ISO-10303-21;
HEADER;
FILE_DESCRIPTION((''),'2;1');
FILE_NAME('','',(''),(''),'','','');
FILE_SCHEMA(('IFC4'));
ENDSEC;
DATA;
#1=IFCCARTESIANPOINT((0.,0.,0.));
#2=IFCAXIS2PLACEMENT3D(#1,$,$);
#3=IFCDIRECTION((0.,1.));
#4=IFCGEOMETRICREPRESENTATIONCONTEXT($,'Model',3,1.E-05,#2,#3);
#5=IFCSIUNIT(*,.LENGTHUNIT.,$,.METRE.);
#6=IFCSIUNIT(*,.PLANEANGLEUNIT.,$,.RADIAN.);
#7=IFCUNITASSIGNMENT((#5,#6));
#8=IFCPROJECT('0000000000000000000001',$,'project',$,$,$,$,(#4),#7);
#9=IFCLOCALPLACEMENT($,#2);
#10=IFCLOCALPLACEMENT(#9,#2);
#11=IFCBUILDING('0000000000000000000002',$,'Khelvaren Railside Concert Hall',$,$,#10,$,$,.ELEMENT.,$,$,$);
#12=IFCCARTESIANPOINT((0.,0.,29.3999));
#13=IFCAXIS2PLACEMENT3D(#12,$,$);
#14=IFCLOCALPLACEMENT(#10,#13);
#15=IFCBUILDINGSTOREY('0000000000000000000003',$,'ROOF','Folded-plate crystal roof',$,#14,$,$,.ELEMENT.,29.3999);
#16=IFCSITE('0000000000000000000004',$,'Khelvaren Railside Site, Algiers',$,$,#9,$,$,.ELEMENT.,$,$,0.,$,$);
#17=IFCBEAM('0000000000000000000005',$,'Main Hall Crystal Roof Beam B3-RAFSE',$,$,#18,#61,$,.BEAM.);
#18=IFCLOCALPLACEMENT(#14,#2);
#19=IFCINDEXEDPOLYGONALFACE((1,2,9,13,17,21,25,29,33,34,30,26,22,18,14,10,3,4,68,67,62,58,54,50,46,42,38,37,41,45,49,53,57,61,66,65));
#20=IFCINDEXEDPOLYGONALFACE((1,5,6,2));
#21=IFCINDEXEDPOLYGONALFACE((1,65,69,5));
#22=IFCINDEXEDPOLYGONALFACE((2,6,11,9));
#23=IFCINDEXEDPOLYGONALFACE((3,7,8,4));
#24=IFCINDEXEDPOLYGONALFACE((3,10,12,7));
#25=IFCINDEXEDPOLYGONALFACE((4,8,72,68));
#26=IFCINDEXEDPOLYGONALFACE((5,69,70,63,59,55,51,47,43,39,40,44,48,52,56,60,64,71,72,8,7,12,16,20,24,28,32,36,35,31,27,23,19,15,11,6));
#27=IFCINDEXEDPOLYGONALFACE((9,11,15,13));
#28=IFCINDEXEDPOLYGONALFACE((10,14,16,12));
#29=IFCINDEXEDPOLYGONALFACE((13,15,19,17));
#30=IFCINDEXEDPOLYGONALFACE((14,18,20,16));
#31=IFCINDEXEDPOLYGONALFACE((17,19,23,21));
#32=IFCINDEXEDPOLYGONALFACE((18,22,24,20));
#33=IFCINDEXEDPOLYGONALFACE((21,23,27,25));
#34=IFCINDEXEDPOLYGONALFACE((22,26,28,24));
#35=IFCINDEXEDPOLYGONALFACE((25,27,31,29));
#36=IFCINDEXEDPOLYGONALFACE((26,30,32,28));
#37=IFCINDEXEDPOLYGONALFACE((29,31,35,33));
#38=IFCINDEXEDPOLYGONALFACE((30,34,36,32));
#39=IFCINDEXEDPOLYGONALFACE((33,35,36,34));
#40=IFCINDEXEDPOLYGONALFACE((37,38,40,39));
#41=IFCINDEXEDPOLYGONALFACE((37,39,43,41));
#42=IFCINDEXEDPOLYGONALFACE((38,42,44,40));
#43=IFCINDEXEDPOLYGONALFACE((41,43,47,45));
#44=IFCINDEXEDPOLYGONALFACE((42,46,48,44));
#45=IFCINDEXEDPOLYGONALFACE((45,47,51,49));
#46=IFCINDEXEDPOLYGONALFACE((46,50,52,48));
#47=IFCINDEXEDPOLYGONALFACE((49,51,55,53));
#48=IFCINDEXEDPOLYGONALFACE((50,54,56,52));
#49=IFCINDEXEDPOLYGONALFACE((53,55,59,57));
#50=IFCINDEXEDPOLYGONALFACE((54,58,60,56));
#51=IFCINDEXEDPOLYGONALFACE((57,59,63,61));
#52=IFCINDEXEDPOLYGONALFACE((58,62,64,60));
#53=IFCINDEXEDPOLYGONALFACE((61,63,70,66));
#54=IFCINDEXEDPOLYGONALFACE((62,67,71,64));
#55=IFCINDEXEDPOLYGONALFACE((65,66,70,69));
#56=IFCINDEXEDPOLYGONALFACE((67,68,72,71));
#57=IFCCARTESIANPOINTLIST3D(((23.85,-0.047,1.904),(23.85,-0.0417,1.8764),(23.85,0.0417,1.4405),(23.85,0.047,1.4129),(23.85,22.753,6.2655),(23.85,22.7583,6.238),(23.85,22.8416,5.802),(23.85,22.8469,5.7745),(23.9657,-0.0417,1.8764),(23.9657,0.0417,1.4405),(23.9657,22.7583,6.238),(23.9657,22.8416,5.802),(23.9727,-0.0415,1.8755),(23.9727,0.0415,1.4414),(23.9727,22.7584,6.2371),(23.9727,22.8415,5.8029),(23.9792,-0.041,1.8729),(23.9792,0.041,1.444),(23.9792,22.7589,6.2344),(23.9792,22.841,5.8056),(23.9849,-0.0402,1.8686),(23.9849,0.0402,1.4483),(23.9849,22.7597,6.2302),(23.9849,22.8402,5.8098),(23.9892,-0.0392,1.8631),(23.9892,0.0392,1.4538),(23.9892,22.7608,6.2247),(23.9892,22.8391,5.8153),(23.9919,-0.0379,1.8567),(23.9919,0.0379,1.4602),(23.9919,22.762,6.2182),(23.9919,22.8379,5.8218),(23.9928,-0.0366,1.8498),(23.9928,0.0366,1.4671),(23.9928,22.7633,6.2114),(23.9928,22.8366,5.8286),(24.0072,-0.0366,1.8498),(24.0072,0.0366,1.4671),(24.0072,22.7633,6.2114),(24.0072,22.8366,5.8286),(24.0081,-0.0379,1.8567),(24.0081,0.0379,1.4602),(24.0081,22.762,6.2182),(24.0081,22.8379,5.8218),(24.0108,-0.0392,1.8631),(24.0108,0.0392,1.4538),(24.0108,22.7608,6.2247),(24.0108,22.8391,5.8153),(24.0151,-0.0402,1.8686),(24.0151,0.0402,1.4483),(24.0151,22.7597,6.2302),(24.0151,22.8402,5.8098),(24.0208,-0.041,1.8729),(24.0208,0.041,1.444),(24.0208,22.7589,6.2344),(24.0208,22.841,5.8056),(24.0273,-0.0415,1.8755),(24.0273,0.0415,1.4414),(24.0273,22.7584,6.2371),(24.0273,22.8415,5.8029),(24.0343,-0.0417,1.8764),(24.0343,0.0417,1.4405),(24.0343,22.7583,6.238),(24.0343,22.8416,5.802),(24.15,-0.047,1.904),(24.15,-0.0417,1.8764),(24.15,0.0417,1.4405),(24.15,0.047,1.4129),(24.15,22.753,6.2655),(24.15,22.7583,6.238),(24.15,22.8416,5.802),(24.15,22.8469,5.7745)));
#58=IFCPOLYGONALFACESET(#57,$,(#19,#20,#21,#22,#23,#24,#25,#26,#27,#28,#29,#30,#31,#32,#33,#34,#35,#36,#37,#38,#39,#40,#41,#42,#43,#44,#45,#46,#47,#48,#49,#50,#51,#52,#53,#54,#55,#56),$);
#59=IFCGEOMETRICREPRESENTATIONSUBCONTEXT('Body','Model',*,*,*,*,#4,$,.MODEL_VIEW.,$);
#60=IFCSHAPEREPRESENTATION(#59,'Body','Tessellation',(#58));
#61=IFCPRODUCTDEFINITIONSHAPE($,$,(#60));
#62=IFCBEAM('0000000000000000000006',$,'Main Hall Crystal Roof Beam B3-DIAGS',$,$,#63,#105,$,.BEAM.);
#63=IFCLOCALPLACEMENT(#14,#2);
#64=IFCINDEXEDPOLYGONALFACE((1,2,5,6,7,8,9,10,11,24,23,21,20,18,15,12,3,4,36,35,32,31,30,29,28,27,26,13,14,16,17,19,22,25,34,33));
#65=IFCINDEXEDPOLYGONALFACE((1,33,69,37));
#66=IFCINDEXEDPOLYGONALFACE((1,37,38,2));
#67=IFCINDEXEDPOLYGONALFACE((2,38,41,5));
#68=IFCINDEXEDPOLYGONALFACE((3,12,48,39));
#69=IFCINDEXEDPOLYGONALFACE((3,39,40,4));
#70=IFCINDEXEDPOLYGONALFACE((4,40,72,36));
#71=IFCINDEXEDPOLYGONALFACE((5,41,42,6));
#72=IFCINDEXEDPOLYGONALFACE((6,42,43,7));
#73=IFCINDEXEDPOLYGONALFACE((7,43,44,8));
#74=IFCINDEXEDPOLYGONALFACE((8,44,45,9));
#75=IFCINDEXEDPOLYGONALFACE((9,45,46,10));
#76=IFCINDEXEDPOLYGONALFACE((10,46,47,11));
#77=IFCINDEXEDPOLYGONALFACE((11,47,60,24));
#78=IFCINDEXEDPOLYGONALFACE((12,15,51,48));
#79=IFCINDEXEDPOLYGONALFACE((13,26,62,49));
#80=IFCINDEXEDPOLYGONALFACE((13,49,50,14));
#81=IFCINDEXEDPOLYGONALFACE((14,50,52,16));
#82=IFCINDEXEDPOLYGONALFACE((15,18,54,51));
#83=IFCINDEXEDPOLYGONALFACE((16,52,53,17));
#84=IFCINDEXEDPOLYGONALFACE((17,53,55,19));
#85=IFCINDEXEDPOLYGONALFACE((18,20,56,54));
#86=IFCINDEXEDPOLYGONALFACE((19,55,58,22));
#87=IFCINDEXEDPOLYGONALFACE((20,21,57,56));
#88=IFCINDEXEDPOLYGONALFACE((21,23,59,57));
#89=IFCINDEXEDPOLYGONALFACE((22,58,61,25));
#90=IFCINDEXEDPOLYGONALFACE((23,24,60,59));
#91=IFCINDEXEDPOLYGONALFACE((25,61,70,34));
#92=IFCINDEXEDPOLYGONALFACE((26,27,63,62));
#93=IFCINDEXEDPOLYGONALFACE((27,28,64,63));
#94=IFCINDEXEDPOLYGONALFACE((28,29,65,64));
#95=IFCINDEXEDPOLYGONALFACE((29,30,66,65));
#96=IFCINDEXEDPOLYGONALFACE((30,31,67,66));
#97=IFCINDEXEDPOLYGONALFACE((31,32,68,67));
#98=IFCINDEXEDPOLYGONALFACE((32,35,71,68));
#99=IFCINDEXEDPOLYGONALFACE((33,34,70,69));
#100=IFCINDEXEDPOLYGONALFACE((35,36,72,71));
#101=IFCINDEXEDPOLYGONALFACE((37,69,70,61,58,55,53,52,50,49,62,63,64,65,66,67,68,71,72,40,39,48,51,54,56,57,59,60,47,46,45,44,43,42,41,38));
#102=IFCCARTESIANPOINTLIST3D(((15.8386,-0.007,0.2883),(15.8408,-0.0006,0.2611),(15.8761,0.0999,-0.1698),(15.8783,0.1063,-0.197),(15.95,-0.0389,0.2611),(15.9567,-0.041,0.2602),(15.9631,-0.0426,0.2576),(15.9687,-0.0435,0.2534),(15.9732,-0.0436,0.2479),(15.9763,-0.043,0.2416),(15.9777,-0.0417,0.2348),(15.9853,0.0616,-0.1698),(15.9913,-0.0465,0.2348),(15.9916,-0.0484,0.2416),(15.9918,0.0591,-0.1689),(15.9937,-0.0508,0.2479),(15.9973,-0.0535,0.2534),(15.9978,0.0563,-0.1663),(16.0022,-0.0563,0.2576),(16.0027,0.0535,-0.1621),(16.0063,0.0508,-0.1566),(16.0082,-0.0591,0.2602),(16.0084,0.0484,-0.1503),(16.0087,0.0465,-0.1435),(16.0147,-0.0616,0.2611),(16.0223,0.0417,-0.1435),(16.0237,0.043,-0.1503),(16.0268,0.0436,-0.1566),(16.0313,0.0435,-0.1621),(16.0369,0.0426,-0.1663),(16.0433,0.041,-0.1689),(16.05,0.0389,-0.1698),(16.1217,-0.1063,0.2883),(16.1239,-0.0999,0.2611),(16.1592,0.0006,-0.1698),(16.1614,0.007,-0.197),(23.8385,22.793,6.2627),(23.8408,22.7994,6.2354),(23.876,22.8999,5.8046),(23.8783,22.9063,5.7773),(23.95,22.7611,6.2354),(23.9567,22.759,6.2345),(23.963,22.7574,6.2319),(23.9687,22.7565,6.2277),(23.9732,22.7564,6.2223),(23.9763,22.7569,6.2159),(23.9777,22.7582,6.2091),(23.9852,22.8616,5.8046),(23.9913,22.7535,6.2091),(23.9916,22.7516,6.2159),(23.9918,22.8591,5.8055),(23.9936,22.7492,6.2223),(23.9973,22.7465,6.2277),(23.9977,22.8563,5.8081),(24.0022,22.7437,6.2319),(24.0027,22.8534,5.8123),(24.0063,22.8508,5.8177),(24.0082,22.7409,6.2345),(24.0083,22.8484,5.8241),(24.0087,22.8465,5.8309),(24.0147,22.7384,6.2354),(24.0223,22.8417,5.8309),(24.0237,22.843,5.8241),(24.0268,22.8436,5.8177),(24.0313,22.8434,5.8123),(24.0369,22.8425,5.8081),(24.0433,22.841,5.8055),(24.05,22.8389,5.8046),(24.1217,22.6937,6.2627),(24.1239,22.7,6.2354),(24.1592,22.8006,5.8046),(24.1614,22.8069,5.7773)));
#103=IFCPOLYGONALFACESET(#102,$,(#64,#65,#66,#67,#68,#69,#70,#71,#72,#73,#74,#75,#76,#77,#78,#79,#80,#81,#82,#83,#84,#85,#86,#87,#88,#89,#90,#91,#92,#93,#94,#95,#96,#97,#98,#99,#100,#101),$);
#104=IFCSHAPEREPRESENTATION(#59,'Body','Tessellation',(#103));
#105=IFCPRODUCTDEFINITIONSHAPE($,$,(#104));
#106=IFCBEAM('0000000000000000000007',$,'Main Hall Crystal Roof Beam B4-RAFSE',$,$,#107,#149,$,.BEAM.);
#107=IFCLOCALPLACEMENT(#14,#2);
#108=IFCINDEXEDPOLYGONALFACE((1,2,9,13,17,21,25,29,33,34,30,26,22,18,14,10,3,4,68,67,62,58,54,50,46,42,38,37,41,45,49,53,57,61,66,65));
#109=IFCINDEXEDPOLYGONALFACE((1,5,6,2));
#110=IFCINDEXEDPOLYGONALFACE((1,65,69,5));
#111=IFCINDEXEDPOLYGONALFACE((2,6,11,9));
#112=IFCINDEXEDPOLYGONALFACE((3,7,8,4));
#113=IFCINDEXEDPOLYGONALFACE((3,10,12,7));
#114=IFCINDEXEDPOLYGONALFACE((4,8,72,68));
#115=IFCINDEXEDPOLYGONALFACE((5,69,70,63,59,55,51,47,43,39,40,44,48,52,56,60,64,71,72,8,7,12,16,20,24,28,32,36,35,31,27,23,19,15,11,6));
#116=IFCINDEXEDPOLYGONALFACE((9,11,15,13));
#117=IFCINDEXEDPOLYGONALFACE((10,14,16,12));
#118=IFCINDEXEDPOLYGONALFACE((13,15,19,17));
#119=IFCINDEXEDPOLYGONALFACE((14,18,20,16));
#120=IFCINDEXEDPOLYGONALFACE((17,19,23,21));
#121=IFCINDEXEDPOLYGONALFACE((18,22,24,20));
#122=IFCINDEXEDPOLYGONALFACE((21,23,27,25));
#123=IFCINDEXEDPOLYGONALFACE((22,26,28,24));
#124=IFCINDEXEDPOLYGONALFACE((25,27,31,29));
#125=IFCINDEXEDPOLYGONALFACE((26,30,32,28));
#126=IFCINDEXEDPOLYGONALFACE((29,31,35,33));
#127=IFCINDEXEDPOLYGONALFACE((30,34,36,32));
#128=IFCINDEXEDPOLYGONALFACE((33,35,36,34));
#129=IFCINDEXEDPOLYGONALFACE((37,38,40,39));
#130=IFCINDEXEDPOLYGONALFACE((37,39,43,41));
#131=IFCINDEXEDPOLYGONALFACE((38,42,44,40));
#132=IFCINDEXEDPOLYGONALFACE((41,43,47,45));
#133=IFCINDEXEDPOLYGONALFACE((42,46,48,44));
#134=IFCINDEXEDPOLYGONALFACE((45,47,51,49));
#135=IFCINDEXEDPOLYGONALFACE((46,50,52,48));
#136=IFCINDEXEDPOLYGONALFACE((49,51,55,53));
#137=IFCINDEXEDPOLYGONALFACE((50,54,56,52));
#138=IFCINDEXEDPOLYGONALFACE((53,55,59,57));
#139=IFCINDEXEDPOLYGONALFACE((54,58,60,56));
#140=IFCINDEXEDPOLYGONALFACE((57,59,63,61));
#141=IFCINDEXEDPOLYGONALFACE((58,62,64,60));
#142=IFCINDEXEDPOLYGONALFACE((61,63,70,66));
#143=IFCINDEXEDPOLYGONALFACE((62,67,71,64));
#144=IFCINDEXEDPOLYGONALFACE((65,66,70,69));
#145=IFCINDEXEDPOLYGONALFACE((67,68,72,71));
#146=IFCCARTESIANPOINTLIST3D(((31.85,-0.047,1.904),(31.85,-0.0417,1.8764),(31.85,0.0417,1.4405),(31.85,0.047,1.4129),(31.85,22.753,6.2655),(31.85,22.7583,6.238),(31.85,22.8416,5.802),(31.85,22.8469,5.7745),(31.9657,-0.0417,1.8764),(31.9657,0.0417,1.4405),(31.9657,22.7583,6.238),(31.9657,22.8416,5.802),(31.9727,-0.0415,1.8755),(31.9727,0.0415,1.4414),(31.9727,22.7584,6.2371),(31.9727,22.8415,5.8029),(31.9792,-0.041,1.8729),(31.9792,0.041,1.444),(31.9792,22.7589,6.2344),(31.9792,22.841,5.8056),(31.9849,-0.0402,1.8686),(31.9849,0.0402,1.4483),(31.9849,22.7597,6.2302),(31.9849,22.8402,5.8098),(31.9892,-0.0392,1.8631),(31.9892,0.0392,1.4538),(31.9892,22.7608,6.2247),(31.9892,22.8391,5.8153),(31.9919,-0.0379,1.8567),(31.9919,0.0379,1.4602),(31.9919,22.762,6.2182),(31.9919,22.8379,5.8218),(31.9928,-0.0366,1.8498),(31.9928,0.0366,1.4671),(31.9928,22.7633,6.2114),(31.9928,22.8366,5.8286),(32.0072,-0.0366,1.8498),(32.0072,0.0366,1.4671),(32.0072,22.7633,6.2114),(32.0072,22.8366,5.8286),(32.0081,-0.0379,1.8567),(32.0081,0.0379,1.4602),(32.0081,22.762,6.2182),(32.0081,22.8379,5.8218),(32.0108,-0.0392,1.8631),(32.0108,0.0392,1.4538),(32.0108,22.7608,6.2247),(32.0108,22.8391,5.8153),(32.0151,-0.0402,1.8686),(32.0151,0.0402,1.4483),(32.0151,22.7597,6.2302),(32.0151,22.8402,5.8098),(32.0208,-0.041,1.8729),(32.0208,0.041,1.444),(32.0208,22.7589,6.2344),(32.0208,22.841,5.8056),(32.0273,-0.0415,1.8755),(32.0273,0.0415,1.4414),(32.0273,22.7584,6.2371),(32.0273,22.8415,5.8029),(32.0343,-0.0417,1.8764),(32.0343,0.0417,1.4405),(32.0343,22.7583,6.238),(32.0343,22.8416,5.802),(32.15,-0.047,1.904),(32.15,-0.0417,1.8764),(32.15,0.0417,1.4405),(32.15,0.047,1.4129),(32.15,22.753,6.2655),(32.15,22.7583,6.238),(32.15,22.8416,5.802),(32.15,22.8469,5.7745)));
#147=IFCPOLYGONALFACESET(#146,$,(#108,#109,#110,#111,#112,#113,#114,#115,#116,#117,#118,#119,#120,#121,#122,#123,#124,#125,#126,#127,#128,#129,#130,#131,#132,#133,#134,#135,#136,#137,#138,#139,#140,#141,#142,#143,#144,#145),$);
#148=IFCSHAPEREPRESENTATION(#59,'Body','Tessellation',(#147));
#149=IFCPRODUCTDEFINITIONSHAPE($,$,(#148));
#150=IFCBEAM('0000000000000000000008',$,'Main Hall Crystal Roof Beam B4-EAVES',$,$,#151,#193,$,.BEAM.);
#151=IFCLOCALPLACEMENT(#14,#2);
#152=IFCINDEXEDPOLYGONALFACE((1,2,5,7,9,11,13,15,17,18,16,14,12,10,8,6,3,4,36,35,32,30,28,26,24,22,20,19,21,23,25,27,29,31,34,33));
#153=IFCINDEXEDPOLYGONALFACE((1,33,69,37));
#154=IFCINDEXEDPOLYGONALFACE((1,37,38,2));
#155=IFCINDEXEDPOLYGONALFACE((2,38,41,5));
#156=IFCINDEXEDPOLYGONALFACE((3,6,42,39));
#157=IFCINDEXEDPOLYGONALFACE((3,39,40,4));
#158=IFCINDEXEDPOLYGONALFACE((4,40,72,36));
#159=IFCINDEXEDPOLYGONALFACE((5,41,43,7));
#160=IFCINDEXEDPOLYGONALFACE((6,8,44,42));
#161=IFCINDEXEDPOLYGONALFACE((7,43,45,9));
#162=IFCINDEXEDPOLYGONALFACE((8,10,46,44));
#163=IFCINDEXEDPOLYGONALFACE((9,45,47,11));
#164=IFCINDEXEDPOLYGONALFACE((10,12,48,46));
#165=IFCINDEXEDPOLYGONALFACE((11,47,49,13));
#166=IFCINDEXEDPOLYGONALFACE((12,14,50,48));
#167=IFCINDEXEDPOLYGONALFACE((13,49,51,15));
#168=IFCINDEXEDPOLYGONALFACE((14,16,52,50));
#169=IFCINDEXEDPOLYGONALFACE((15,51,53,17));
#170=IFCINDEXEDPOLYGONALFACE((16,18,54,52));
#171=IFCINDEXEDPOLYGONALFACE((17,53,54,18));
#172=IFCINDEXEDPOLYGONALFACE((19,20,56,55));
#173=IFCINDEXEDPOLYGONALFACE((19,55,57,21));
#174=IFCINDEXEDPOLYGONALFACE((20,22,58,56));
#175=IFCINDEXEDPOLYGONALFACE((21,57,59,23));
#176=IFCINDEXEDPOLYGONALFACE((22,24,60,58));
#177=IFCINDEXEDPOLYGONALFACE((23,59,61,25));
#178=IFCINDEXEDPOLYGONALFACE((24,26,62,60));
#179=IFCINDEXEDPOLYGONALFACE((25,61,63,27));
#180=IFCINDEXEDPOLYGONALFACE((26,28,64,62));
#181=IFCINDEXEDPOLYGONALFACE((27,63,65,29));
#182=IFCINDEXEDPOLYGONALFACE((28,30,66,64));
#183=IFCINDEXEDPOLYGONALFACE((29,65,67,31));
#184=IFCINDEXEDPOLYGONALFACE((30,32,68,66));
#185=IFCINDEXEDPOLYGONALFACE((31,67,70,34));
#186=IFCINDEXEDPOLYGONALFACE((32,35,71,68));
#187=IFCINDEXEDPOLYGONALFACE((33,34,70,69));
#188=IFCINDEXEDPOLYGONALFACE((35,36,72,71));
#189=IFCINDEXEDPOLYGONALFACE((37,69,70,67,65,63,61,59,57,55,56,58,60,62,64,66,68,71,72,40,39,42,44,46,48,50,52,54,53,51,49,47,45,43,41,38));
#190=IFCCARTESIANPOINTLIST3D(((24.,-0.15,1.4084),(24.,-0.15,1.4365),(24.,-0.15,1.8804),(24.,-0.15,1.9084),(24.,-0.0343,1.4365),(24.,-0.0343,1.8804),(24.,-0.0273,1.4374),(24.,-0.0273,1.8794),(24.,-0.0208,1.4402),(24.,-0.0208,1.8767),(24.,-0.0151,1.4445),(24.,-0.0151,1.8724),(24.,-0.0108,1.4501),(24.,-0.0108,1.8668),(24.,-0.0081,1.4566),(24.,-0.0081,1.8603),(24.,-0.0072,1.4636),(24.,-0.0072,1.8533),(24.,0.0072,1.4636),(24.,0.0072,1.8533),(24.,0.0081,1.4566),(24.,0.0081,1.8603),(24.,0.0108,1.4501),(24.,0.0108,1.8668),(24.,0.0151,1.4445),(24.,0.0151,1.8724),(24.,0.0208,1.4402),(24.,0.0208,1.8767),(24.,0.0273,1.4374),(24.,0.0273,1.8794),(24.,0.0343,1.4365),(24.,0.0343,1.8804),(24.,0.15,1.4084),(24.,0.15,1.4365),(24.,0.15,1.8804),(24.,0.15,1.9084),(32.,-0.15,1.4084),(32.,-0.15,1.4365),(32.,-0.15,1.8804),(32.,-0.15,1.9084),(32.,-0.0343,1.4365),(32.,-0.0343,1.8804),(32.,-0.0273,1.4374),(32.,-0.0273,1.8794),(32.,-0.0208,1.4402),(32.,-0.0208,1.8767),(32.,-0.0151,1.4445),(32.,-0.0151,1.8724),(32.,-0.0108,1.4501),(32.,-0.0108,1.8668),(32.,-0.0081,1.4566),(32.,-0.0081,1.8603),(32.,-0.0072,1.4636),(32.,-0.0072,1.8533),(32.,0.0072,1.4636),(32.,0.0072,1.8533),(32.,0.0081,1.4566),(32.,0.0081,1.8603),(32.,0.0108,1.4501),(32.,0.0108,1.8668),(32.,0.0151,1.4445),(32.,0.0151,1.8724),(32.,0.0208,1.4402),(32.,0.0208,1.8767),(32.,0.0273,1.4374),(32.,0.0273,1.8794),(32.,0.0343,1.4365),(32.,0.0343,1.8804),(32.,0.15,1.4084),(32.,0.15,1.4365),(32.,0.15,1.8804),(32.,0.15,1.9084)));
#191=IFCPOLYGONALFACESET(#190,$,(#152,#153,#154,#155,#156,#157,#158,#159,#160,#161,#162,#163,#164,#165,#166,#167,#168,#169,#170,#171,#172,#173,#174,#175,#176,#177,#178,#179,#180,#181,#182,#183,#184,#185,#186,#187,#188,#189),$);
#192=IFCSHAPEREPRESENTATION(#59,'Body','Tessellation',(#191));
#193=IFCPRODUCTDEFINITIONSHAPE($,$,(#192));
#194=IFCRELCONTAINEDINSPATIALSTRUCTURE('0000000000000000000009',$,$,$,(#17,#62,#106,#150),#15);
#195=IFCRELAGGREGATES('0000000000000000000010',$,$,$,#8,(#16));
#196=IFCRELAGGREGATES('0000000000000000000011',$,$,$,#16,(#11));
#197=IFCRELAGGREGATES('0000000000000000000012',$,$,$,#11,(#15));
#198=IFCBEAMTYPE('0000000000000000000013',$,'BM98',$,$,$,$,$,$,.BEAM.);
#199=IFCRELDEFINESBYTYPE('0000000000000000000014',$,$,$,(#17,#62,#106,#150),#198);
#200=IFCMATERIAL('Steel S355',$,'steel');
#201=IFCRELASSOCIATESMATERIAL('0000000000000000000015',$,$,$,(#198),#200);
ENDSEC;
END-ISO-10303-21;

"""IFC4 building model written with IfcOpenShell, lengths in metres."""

from ifc_helpers import new_model, si_unit, direction, frame, origin, origin_2d, place, context, subcontext, project, spatial, i_section, extrude, material, material_profile, profile_set, type_object, element, save


model = new_model("IFC4")

# Units and contexts
model_context = context("Model", 3, precision=1e-05, world=origin(), true_north=direction((0.0, 1.0)))
body_context = subcontext(model_context, "Body", "Model", "MODEL_VIEW")
ifc_project = project(units=[si_unit("LENGTHUNIT", "METRE"), si_unit("PLANEANGLEUNIT", "RADIAN")], contexts=[model_context])

# Site, building, storey
site_placement = place(None, origin())
site = spatial("IfcSite", under=ifc_project, at=site_placement, Name="Khelvaren Railside Site, Algiers", CompositionType="ELEMENT", RefElevation=0.0)
building_placement = place(site_placement, origin())
building = spatial("IfcBuilding", under=site, at=building_placement, Name="Khelvaren Railside Concert Hall", CompositionType="ELEMENT")
storey_placement = place(building_placement, frame((0.0, 0.0, 29.3999)))
storey = spatial("IfcBuildingStorey", under=building, at=storey_placement, Name="ROOF", Description="Folded-plate crystal roof", CompositionType="ELEMENT", Elevation=29.3999)

# Beams
ifc_material_1 = material(Name="Steel S355", Category="steel")
ifc_material_profile_1 = material_profile(ifc_material_1, i_section(OverallWidth=0.3, OverallDepth=0.5, WebThickness=0.0144, FlangeThickness=0.0281, FilletRadius=0.0271, at=origin_2d()), Name="HEB 500")
ifc_profile_set_1 = profile_set([ifc_material_profile_1], Name="Steel S355")
beam_type = type_object("IfcBeamType", Name="BM98", PredefinedType="BEAM", material=ifc_profile_set_1)
beam_1_placement = place(storey_placement, frame((24.0, 0.0, 1.6584), z_axis=(0.0, 0.98219, 0.18789), x_axis=(-1.0, 0.0, 0.0)))
element("IfcBeam", 1, at=beam_1_placement, inside=storey, type_object=beam_type, Name="Main Hall Crystal Roof Beam B3-RAFSE", PredefinedType="BEAM", context=body_context, shape_type="SweptSolid", body=[
    extrude(i_section(OverallWidth=0.3, OverallDepth=0.5, WebThickness=0.0144, FlangeThickness=0.0281, FilletRadius=0.0271, at=origin_2d()), origin(), (0.0, 0.0, 1.0), 23.2134),
])
beam_2_placement = place(storey_placement, frame((16.0, 0.0, 0.0457), z_axis=(0.321408, 0.916015, 0.240026), x_axis=(-0.9436, 0.331087, 0.0)))
element("IfcBeam", 2, at=beam_2_placement, inside=storey, type_object=beam_type, Name="Main Hall Crystal Roof Beam B3-DIAGS", PredefinedType="BEAM", context=body_context, shape_type="SweptSolid", body=[
    extrude(i_section(OverallWidth=0.3, OverallDepth=0.5, WebThickness=0.0144, FlangeThickness=0.0281, FilletRadius=0.0271, at=origin_2d()), origin(), (0.0, 0.0, 1.0), 24.8904),
])
beam_3_placement = place(storey_placement, frame((32.0, 0.0, 1.6584), z_axis=(0.0, 0.98219, 0.18789), x_axis=(-1.0, 0.0, 0.0)))
element("IfcBeam", 3, at=beam_3_placement, inside=storey, type_object=beam_type, Name="Main Hall Crystal Roof Beam B4-RAFSE", PredefinedType="BEAM", context=body_context, shape_type="SweptSolid", body=[
    extrude(i_section(OverallWidth=0.3, OverallDepth=0.5, WebThickness=0.0144, FlangeThickness=0.0281, FilletRadius=0.0271, at=origin_2d()), origin(), (0.0, 0.0, 1.0), 23.2134),
])
beam_4_placement = place(storey_placement, frame((24.0, 0.0, 1.6584), z_axis=(1.0, 0.0, 0.0), x_axis=(0.0, 1.0, 0.0)))
element("IfcBeam", 4, at=beam_4_placement, inside=storey, type_object=beam_type, Name="Main Hall Crystal Roof Beam B4-EAVES", PredefinedType="BEAM", context=body_context, shape_type="SweptSolid", body=[
    extrude(i_section(OverallWidth=0.3, OverallDepth=0.5, WebThickness=0.0144, FlangeThickness=0.0281, FilletRadius=0.0271, at=origin_2d()), origin(), (0.0, 0.0, 1.0), 8.0),
])

save(model, "model.ifc")
